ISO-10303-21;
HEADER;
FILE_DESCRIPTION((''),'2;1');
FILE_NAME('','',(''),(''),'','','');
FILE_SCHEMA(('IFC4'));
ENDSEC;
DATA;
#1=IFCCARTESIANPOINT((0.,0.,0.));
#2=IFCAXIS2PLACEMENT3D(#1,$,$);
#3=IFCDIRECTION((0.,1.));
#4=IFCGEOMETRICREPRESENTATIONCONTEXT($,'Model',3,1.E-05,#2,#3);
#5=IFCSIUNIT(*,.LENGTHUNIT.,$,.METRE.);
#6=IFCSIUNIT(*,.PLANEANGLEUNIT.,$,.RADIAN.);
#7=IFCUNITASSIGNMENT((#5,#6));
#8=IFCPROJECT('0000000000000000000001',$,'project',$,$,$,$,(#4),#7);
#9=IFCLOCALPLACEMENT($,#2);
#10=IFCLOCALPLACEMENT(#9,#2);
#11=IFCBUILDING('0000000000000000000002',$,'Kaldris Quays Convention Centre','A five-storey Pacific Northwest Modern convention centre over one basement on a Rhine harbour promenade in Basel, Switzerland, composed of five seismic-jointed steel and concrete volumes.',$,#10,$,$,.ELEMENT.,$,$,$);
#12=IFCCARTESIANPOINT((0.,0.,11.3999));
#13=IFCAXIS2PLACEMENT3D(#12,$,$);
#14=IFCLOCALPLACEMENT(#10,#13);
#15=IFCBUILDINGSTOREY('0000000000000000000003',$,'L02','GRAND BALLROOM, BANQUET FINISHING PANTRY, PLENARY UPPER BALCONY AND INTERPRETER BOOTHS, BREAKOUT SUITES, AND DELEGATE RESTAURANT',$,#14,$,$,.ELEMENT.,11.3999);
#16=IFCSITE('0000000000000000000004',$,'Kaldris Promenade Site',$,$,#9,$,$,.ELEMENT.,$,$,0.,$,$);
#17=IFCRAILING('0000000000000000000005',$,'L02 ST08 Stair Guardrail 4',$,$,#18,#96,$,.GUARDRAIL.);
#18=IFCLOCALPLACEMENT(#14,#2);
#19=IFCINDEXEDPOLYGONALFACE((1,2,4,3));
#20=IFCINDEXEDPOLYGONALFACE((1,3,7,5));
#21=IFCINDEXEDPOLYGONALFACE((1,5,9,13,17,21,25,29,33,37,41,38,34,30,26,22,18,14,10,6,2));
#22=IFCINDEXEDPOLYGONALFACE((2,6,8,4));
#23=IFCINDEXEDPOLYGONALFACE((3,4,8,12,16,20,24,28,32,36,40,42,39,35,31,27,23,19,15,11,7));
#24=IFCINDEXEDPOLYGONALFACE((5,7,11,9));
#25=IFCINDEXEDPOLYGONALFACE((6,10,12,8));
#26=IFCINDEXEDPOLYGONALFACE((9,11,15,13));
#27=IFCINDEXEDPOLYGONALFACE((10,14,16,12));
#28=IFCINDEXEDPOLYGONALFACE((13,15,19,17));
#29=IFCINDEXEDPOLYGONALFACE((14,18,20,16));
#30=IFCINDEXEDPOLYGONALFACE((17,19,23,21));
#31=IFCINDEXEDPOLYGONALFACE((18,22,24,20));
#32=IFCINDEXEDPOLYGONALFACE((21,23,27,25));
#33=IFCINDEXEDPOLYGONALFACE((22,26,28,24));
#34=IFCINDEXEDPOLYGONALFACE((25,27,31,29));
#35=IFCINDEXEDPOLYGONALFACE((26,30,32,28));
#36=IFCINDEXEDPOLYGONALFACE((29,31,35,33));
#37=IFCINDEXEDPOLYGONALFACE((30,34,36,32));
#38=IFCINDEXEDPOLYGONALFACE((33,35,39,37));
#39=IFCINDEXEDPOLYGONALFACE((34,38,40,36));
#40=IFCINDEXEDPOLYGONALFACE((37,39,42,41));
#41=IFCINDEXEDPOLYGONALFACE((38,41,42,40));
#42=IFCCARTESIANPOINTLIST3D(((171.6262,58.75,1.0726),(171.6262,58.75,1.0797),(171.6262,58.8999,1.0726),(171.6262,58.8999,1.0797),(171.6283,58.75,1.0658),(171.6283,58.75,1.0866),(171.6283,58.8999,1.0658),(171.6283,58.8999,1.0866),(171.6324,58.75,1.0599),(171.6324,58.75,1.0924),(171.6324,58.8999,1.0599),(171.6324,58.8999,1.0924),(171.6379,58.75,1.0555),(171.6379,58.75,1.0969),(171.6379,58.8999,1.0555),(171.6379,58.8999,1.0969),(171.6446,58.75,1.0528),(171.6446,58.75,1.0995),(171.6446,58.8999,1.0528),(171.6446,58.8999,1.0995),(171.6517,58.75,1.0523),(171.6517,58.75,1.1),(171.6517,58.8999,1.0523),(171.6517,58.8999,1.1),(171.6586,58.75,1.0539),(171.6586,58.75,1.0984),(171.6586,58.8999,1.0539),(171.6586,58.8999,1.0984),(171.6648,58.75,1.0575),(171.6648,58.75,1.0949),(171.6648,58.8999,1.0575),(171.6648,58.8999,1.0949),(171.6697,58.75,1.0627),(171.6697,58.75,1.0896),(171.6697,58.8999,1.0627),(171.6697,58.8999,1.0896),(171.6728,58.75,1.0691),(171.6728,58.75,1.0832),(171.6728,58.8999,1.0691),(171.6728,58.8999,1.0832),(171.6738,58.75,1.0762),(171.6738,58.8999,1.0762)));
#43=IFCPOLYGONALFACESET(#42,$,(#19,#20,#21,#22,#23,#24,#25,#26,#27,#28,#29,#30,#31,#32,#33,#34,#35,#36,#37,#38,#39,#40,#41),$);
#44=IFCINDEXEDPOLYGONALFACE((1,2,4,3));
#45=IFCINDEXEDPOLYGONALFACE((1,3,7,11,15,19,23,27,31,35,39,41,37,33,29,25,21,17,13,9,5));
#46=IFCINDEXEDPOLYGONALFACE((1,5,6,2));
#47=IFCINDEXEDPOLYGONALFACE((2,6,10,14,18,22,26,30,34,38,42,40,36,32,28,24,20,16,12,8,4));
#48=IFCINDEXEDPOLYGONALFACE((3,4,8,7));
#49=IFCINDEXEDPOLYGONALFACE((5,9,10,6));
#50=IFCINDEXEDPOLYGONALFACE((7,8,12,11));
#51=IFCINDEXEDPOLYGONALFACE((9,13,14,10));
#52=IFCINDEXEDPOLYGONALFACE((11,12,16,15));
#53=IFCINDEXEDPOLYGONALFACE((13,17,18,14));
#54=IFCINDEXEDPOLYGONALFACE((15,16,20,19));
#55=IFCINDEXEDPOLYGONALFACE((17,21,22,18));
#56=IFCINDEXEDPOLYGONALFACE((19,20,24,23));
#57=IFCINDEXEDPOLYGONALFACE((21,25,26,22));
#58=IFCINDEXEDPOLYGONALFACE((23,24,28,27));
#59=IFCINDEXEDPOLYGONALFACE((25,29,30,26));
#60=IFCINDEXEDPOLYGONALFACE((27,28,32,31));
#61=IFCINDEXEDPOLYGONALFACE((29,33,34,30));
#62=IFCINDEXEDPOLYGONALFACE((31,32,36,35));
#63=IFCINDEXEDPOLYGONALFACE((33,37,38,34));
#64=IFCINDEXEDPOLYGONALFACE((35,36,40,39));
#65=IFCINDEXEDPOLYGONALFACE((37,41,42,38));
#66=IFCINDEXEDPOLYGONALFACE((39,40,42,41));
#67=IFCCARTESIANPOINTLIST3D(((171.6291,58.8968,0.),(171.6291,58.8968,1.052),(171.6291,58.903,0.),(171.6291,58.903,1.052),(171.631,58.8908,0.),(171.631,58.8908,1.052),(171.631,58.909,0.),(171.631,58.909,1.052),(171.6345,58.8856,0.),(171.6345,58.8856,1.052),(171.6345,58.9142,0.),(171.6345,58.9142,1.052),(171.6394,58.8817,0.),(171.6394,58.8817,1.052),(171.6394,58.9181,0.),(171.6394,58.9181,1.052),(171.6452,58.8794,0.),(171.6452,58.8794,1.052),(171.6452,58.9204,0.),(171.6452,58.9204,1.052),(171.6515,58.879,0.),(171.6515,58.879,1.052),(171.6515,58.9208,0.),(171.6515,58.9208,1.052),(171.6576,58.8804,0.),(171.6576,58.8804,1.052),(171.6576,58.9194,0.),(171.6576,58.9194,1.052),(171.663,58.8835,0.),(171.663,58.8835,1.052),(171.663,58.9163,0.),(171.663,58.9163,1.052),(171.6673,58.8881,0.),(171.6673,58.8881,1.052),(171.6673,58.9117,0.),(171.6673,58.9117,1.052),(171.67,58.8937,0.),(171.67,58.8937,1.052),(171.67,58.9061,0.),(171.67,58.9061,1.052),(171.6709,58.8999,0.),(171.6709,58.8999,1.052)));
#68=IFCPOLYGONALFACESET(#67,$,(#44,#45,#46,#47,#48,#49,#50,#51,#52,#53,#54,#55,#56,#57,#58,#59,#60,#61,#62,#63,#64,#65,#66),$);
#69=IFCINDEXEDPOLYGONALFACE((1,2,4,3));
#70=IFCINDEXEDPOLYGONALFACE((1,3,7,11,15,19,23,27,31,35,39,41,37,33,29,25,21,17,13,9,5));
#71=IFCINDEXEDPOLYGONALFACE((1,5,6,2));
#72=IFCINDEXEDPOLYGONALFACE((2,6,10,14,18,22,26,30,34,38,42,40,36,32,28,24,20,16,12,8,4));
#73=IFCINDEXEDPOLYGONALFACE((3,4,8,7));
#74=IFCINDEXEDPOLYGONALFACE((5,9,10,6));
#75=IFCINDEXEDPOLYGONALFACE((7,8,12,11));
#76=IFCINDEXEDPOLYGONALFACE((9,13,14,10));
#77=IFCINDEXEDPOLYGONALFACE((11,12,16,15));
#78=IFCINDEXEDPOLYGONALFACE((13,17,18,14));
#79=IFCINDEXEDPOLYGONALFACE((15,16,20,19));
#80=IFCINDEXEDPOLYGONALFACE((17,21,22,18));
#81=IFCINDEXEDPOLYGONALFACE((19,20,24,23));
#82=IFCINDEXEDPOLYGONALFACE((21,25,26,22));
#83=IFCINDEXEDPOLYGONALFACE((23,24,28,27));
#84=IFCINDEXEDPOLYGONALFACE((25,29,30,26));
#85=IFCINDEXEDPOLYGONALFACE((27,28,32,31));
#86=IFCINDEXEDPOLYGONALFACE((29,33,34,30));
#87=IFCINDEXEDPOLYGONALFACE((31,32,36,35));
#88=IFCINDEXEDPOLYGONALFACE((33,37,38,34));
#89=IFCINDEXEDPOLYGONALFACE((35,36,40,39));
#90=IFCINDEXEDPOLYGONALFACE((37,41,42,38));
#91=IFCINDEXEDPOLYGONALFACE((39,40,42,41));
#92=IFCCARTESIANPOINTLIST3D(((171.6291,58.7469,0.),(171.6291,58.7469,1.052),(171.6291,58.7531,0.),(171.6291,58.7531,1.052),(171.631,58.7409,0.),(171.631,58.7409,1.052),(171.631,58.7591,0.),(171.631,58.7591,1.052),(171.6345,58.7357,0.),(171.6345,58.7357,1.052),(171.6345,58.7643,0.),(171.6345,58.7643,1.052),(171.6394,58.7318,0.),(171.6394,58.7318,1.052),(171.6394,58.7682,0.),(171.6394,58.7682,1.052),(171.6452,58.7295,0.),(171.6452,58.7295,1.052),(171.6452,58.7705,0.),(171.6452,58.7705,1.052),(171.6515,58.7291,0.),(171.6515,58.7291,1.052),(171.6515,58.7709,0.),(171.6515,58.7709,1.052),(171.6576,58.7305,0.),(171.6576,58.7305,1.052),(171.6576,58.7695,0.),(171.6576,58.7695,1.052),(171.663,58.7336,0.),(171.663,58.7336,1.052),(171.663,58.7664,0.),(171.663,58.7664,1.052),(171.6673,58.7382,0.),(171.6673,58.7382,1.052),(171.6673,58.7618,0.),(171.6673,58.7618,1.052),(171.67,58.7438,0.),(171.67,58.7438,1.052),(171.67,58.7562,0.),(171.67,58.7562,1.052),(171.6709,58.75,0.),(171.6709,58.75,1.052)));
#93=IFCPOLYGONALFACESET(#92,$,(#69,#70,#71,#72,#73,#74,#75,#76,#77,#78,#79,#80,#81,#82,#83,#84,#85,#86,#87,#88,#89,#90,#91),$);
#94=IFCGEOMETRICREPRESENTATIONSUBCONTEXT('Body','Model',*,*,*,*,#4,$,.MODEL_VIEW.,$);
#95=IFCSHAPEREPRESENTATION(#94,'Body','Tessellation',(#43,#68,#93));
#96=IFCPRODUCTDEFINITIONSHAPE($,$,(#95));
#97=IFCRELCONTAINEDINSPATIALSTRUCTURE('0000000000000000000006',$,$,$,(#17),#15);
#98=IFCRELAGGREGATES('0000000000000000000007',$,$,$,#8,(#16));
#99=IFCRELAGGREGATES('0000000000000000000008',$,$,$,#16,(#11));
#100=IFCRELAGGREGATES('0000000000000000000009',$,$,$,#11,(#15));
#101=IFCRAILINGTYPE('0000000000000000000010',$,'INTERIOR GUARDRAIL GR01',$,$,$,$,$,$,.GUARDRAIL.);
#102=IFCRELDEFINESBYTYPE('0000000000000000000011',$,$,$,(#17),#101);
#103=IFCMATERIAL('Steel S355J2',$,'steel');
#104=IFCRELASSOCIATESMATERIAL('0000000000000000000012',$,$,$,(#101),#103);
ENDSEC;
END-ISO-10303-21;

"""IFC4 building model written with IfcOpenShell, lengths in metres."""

from ifc_helpers import new_model, si_unit, direction, frame, origin, origin_2d, place, context, subcontext, project, spatial, circle, extrude, material, type_object, element, save


model = new_model("IFC4")

# Units and contexts
model_context = context("Model", 3, precision=1e-05, world=origin(), true_north=direction((0.0, 1.0)))
body_context = subcontext(model_context, "Body", "Model", "MODEL_VIEW")
ifc_project = project(units=[si_unit("LENGTHUNIT", "METRE"), si_unit("PLANEANGLEUNIT", "RADIAN")], contexts=[model_context])

# Site, building, storey
site_placement = place(None, origin())
site = spatial("IfcSite", under=ifc_project, at=site_placement, Name="Kaldris Promenade Site", CompositionType="ELEMENT", RefElevation=0.0)
building_placement = place(site_placement, origin())
building = spatial("IfcBuilding", under=site, at=building_placement, Name="Kaldris Quays Convention Centre", Description="A five-storey Pacific Northwest Modern convention centre over one basement on a Rhine harbour promenade in Basel, Switzerland, composed of five seismic-jointed steel and concrete volumes.", CompositionType="ELEMENT")
storey_placement = place(building_placement, frame((0.0, 0.0, 11.3999)))
storey = spatial("IfcBuildingStorey", under=building, at=storey_placement, Name="L02", Description="GRAND BALLROOM, BANQUET FINISHING PANTRY, PLENARY UPPER BALCONY AND INTERPRETER BOOTHS, BREAKOUT SUITES, AND DELEGATE RESTAURANT", CompositionType="ELEMENT", Elevation=11.3999)

# Railing
ifc_material_1 = material(Name="Steel S355J2", Category="steel")
railing_type_1 = type_object("IfcRailingType", Name="INTERIOR GUARDRAIL GR01", PredefinedType="GUARDRAIL", material=ifc_material_1)
railing_1_placement = place(storey_placement, frame((171.6499, 58.8999, 0.0)))
element("IfcRailing", 1, at=railing_1_placement, inside=storey, type_object=railing_type_1, Name="L02 ST08 Stair Guardrail 4", PredefinedType="GUARDRAIL", context=body_context, shape_type="SweptSolid", body=[
    extrude(circle(Radius=0.0239, at=origin_2d()), frame((0.0, 0.0, 1.0762), z_axis=(0.0, -1.0, 0.0), x_axis=(1.0, 0.0, 0.0)), (0.0, 0.0, 1.0), 0.1499),
    extrude(circle(Radius=0.021, at=origin_2d()), origin(), (0.0, 0.0, 1.0), 1.052),
    extrude(circle(Radius=0.021, at=origin_2d()), frame((0.0, -0.1499, 0.0)), (0.0, 0.0, 1.0), 1.052),
])

save(model, "model.ifc")
